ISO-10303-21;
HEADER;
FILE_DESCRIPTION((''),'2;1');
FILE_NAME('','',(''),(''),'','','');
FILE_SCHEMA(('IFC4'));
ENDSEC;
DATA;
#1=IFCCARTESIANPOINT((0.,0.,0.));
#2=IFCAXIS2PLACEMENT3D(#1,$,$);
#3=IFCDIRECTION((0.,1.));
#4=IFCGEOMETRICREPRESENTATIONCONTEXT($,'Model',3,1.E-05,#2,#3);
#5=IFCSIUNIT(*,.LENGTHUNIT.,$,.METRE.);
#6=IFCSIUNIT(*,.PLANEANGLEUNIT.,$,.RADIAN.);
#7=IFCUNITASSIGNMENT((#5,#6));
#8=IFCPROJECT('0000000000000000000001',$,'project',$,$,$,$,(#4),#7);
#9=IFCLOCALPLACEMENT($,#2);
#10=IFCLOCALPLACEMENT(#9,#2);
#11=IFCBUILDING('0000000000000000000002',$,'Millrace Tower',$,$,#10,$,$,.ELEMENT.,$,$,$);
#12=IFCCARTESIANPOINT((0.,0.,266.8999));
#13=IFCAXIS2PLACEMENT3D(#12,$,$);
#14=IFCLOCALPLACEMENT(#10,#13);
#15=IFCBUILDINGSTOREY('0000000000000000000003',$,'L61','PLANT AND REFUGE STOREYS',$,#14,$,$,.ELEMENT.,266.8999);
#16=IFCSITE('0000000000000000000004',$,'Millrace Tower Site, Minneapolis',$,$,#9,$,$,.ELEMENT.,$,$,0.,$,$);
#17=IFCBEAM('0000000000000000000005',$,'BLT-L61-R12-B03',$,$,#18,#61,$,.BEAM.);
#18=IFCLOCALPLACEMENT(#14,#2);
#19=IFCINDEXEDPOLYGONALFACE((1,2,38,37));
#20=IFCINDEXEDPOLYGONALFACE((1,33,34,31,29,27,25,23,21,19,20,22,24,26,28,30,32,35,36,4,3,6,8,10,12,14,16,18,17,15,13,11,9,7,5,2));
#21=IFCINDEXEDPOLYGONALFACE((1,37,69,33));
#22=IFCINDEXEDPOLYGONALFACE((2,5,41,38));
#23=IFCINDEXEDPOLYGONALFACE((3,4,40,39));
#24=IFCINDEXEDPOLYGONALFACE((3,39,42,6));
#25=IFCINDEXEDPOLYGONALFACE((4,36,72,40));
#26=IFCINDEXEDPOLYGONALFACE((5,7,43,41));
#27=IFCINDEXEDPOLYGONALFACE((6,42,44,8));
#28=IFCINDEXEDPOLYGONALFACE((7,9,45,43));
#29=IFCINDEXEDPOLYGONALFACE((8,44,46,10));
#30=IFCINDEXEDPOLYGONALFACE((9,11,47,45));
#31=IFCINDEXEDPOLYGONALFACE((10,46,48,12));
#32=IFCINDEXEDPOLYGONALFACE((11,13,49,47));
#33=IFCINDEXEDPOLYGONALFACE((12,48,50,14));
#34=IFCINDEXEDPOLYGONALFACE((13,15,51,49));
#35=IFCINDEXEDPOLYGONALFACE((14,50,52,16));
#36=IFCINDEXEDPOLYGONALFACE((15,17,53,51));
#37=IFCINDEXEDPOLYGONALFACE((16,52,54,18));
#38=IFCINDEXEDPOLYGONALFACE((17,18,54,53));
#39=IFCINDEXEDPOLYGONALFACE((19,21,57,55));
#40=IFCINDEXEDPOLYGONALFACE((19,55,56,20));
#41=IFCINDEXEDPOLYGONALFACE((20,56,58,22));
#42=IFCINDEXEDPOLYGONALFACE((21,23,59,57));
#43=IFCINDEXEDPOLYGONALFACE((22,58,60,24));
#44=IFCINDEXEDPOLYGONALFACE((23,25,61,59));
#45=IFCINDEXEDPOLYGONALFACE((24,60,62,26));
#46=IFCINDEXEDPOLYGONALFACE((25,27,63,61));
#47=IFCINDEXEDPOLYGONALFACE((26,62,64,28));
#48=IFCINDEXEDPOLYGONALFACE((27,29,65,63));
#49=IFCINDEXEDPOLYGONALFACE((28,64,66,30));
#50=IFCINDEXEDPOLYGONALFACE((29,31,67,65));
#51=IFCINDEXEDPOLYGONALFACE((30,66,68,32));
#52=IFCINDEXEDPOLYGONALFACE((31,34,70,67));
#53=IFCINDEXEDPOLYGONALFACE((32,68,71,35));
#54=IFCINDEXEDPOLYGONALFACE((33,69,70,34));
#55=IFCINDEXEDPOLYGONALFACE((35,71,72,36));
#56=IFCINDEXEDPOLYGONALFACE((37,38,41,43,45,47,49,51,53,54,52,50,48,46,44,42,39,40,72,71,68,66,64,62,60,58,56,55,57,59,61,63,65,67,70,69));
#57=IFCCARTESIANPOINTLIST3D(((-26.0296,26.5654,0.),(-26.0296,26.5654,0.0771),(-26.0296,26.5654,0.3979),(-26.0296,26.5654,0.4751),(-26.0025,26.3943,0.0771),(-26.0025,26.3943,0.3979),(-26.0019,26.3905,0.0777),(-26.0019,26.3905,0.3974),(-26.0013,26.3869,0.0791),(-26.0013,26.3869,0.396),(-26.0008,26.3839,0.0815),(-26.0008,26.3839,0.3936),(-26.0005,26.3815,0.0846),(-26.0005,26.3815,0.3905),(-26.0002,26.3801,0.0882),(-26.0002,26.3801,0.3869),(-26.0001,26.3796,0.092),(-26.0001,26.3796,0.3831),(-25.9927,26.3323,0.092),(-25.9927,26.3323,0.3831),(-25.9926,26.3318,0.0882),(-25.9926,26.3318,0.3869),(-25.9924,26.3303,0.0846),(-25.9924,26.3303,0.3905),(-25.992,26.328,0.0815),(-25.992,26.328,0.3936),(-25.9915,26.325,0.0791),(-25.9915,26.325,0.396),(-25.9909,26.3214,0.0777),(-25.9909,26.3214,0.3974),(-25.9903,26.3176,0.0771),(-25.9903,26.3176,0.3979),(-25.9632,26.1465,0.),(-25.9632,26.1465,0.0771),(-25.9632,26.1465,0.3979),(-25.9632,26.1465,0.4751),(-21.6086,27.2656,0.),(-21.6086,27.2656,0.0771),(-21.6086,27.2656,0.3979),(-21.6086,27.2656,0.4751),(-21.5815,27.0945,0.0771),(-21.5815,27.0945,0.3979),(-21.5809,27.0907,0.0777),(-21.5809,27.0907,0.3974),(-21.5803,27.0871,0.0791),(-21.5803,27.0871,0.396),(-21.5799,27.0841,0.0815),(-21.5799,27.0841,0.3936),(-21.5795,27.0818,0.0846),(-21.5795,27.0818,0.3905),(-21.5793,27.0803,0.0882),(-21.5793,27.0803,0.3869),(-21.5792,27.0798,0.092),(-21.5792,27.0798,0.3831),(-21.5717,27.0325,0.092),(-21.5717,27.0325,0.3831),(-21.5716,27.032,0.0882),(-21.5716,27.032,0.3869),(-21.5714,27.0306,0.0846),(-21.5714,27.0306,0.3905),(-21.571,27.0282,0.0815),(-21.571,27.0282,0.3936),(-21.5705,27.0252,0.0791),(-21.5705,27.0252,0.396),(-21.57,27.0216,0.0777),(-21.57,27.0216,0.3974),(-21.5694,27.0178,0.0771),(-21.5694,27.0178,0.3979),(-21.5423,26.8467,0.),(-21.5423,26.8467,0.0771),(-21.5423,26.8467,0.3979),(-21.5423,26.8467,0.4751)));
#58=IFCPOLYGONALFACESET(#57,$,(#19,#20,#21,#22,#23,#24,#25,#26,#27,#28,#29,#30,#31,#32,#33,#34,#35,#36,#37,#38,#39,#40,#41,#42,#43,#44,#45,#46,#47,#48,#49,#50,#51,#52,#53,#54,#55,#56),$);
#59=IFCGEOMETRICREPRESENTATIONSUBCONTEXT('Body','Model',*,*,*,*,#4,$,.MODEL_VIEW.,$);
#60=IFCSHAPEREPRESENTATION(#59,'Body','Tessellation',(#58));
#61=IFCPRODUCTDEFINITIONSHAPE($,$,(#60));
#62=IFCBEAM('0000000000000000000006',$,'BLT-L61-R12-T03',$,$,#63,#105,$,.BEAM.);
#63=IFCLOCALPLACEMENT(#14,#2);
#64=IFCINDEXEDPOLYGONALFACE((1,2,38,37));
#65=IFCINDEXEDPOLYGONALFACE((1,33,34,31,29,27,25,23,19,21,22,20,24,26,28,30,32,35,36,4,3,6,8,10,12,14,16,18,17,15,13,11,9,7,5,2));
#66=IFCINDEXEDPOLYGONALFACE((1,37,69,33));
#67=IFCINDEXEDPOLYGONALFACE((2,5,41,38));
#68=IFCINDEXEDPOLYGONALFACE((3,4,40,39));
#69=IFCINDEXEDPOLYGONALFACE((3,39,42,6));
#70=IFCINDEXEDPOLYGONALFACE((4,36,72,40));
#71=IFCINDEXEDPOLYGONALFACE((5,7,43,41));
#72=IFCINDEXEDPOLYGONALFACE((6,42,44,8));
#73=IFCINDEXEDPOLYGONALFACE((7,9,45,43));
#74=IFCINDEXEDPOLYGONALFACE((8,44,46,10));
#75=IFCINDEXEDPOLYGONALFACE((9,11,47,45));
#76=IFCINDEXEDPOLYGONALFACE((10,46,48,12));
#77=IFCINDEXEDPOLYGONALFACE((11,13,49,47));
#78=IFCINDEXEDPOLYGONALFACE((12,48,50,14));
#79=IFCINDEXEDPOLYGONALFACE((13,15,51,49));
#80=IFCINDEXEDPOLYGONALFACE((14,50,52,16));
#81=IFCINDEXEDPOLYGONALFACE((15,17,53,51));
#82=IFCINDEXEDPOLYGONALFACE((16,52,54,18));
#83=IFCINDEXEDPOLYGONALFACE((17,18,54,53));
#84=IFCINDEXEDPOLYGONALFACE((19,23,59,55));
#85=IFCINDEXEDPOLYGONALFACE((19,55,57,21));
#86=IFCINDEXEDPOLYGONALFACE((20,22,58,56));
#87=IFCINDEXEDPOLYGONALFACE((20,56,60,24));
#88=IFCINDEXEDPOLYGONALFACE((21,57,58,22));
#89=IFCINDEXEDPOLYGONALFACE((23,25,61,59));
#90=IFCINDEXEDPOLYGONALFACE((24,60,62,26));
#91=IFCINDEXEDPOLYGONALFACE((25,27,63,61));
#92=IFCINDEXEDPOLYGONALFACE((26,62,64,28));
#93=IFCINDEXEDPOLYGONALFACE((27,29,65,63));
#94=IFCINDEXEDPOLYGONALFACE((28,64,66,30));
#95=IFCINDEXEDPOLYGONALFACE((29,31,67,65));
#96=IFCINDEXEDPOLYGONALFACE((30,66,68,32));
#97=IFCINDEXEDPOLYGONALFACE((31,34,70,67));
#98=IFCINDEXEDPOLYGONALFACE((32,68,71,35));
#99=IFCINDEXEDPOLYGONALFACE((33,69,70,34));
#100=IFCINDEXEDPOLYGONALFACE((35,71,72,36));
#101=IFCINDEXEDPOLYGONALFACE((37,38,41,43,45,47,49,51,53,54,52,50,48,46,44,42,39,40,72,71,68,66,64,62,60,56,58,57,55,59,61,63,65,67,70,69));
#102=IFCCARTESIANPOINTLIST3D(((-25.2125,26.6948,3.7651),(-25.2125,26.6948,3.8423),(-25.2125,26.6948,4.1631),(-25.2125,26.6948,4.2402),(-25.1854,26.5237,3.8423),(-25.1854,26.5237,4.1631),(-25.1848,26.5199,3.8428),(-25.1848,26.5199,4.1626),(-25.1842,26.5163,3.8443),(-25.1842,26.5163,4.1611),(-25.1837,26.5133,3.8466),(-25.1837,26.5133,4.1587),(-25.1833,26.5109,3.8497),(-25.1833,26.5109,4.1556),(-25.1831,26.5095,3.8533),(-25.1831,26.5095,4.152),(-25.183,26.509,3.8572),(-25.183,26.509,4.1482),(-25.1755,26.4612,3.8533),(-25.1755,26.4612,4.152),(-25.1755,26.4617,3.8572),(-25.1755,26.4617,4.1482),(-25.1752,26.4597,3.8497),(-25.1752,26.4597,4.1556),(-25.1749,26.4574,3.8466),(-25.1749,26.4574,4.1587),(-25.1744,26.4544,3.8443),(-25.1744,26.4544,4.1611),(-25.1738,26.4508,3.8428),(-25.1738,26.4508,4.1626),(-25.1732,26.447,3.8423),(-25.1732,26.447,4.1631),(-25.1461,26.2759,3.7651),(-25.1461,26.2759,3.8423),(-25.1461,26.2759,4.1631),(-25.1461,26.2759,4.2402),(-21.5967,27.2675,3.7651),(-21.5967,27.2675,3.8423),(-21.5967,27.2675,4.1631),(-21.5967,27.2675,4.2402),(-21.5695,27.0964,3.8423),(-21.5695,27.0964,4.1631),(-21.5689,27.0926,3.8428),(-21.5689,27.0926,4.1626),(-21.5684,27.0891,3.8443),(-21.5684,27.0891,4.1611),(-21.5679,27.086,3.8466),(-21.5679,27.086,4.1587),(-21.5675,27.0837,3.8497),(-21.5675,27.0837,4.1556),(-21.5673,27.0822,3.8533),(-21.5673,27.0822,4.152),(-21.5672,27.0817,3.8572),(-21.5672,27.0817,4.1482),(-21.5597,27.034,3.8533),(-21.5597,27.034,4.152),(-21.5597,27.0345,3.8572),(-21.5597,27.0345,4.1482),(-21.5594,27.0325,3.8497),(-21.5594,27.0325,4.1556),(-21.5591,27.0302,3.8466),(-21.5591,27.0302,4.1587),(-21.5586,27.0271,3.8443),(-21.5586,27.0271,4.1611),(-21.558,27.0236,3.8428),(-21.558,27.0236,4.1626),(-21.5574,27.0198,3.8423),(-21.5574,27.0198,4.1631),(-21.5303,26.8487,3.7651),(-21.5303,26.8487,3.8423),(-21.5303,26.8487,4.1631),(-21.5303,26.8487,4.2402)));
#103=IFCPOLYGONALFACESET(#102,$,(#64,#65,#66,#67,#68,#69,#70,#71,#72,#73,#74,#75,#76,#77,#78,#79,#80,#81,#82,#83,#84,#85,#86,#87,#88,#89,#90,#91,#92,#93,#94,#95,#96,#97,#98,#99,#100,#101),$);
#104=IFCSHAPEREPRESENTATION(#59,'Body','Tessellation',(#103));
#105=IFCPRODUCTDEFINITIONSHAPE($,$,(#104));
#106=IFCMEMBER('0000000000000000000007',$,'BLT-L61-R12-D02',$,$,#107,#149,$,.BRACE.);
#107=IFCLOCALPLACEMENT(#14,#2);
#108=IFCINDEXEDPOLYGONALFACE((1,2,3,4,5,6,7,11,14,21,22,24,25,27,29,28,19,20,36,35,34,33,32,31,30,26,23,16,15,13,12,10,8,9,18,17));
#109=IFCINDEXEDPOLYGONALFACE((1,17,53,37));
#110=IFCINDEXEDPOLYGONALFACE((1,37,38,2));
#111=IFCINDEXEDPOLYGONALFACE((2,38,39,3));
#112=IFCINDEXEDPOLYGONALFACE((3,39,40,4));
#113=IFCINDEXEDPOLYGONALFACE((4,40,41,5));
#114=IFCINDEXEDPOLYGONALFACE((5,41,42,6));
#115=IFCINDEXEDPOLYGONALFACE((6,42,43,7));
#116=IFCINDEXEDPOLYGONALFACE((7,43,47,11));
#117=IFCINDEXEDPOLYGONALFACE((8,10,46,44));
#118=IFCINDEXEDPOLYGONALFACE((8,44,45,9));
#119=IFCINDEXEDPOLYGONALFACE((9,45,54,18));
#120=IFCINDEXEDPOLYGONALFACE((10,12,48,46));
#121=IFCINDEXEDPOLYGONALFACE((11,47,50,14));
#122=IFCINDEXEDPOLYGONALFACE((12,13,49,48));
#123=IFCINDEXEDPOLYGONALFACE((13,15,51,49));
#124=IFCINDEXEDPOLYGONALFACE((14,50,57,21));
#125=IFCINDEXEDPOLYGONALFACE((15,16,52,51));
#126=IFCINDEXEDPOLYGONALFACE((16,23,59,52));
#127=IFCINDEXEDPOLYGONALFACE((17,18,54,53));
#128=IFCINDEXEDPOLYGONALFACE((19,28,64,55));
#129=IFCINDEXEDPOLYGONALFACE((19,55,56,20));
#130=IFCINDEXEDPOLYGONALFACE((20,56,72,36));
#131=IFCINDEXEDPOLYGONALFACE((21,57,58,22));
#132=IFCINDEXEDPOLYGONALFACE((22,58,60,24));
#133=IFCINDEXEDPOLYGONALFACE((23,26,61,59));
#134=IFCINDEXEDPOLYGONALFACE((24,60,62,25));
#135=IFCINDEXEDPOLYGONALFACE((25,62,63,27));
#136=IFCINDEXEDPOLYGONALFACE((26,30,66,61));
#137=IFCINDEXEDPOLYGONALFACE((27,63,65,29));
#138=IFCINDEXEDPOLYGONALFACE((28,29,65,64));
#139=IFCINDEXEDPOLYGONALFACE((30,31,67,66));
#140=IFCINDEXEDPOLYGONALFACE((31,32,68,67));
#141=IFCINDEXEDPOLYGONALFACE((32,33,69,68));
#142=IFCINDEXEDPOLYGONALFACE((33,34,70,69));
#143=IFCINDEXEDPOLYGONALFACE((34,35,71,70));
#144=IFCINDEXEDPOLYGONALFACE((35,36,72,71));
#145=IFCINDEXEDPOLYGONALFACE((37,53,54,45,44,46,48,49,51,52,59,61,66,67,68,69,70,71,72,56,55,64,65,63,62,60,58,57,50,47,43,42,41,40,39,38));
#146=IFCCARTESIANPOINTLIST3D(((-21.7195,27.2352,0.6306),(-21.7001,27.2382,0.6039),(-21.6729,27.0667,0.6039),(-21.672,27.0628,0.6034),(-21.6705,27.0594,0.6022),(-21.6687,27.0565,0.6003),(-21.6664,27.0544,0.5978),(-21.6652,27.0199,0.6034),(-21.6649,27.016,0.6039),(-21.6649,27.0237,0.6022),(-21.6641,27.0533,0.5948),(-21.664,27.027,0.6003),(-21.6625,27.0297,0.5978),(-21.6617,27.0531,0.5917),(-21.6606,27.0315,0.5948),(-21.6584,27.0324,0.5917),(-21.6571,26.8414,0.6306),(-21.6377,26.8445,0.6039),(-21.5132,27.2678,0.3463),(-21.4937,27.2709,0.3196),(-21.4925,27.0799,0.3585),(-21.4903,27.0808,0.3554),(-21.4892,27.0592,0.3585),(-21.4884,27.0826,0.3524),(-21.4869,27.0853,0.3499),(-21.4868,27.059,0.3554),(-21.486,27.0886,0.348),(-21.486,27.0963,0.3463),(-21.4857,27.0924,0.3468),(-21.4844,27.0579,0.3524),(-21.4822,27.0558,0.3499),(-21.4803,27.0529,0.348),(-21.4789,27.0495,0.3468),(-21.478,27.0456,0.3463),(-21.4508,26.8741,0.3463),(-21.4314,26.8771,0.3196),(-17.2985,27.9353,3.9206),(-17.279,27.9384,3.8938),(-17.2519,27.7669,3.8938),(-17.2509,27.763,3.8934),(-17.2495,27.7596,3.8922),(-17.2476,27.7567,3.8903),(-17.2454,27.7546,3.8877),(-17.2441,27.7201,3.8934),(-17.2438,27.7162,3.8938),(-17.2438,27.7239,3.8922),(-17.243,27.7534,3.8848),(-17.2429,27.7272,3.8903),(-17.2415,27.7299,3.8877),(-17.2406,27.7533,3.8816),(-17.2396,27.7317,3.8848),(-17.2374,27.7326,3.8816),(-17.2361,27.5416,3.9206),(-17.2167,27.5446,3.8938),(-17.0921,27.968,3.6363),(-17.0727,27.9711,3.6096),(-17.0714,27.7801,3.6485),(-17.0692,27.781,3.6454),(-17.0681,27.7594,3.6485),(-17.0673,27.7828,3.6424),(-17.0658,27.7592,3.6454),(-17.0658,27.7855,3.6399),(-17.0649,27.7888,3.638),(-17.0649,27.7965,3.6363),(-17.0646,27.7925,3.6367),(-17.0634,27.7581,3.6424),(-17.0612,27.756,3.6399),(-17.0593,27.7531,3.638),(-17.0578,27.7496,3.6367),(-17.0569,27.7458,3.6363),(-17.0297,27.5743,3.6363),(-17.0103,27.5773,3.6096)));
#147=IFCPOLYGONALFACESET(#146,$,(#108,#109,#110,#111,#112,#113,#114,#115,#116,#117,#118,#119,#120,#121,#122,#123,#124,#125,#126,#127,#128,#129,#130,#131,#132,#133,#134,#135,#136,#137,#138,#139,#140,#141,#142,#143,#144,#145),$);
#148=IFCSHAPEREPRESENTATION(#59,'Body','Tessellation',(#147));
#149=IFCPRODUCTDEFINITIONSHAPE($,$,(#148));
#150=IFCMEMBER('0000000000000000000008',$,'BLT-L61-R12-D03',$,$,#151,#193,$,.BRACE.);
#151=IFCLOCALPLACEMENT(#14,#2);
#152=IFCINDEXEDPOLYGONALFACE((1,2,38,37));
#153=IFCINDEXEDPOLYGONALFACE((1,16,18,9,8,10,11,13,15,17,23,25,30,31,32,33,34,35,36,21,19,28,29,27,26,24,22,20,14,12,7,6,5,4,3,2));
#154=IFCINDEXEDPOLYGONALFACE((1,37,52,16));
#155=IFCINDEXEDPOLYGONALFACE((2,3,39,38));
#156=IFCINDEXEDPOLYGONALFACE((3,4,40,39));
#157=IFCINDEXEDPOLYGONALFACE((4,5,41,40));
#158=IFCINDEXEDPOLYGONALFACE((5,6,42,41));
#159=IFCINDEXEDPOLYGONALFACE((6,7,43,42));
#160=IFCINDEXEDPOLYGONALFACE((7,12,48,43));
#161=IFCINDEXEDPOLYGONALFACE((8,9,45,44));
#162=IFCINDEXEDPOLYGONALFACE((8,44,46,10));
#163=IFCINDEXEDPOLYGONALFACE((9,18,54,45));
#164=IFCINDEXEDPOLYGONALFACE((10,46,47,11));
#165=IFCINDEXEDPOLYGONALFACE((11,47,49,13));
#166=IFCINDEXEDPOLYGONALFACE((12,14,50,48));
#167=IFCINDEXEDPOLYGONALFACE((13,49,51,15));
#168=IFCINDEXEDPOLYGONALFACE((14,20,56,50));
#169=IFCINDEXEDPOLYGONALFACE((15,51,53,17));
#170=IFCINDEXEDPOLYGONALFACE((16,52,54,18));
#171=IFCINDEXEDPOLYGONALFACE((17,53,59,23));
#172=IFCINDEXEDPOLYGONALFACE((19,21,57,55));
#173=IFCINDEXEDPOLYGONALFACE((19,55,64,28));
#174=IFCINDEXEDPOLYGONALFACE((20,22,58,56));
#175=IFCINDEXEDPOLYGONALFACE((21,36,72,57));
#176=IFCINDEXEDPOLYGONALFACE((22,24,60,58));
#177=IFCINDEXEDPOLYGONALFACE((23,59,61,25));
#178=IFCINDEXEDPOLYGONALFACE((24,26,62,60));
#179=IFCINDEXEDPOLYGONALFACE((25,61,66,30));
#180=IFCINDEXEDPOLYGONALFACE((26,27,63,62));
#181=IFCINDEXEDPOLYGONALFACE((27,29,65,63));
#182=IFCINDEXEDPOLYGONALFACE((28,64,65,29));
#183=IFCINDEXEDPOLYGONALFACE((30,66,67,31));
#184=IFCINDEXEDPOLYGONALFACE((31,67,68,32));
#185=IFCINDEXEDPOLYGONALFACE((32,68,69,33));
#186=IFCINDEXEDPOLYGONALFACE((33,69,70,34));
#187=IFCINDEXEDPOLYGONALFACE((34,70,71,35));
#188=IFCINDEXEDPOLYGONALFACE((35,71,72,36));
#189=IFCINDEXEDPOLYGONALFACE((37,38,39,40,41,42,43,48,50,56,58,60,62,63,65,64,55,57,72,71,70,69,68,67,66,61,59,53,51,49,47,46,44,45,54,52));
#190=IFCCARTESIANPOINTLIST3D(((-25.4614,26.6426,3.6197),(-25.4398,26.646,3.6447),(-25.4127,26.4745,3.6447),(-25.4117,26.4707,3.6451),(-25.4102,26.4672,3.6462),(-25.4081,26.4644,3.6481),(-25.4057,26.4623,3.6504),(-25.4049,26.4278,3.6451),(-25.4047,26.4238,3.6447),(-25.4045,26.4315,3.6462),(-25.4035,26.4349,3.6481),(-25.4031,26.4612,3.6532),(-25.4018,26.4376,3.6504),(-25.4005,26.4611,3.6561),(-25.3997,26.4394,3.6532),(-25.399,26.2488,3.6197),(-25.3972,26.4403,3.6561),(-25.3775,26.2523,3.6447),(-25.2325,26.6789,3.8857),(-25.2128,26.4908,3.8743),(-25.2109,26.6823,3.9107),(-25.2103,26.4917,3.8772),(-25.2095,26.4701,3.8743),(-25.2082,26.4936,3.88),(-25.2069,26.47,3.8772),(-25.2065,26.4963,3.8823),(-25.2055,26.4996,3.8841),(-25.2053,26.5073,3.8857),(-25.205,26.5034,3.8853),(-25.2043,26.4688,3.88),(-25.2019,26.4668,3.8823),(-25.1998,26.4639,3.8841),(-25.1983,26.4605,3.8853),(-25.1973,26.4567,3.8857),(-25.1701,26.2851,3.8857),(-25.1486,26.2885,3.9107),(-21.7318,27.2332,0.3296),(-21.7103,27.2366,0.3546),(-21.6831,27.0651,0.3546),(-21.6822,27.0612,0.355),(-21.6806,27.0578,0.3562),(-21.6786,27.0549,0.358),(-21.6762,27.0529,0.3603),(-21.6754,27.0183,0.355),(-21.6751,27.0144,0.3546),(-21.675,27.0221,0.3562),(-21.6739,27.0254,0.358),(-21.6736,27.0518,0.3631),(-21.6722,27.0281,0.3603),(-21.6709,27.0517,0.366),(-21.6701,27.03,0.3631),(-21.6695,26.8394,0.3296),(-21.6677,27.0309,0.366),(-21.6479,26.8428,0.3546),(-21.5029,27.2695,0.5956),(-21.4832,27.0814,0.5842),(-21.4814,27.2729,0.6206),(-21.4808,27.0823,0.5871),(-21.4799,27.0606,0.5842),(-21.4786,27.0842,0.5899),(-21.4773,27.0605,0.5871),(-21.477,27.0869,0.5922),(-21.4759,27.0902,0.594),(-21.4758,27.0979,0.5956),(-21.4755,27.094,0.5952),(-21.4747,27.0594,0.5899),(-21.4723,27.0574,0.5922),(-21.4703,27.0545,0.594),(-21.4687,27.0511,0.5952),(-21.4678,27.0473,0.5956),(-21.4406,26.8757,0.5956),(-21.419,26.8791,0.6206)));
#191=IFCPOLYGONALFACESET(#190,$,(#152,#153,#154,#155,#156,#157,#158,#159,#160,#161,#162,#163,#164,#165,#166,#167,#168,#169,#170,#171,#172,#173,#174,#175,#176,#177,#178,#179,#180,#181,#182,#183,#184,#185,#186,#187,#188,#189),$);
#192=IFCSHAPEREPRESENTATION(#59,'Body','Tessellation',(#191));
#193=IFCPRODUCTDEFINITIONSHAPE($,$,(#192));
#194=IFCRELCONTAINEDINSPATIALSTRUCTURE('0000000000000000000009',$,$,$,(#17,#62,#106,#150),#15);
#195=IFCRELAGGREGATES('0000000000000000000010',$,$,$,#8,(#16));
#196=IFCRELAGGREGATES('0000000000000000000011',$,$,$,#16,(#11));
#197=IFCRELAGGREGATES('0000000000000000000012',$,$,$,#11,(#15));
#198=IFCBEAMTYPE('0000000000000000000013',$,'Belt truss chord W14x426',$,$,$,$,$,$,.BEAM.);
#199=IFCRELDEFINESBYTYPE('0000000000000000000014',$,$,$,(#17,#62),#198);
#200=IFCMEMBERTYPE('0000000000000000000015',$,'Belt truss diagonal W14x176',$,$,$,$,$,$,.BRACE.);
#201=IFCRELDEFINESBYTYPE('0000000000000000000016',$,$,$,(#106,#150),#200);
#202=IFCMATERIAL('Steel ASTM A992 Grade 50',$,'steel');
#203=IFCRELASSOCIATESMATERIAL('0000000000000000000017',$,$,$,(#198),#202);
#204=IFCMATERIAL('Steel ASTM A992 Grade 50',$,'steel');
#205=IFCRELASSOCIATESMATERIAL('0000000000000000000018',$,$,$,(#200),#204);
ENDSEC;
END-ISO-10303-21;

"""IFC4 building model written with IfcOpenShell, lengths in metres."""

from ifc_helpers import new_model, si_unit, direction, frame, origin, origin_2d, place, context, subcontext, project, spatial, i_section, extrude, material, material_profile, profile_set, type_object, element, save


model = new_model("IFC4")

# Units and contexts
model_context = context("Model", 3, precision=1e-05, world=origin(), true_north=direction((0.0, 1.0)))
body_context = subcontext(model_context, "Body", "Model", "MODEL_VIEW")
ifc_project = project(units=[si_unit("LENGTHUNIT", "METRE"), si_unit("PLANEANGLEUNIT", "RADIAN")], contexts=[model_context])

# Site, building, storey
site_placement = place(None, origin())
site = spatial("IfcSite", under=ifc_project, at=site_placement, Name="Millrace Tower Site, Minneapolis", CompositionType="ELEMENT", RefElevation=0.0)
building_placement = place(site_placement, origin())
building = spatial("IfcBuilding", under=site, at=building_placement, Name="Millrace Tower", CompositionType="ELEMENT")
storey_placement = place(building_placement, frame((0.0, 0.0, 266.8999)))
storey = spatial("IfcBuildingStorey", under=building, at=storey_placement, Name="L61", Description="PLANT AND REFUGE STOREYS", CompositionType="ELEMENT", Elevation=266.8999)

# Beams
ifc_material_1 = material(Name="Steel ASTM A992 Grade 50", Category="steel")
ifc_material_profile_1 = material_profile(ifc_material_1, i_section(OverallWidth=0.4241, OverallDepth=0.4751, WebThickness=0.0479, FlangeThickness=0.0771, FilletRadius=0.0149, at=origin_2d()))
ifc_profile_set_1 = profile_set([ifc_material_profile_1], Name="Steel ASTM A992 Grade 50")
beam_type_1 = type_object("IfcBeamType", Name="Belt truss chord W14x426", PredefinedType="BEAM", material=ifc_profile_set_1)
beam_1_placement = place(storey_placement, frame((-21.5754, 27.0562, 0.2375), z_axis=(-0.987689, -0.156433, 0.0), x_axis=(0.156433, -0.987689, 0.0)))
element("IfcBeam", 1, at=beam_1_placement, inside=storey, type_object=beam_type_1, Name="BLT-L61-R12-B03", PredefinedType="BEAM", context=body_context, shape_type="SweptSolid", body=[
    extrude(i_section(OverallWidth=0.4241, OverallDepth=0.4751, WebThickness=0.0479, FlangeThickness=0.0771, FilletRadius=0.0149, at=origin_2d()), origin(), (0.0, 0.0, 1.0), 4.4761),
])
beam_2_placement = place(storey_placement, frame((-21.5635, 27.0581, 4.0027), z_axis=(-0.987685, -0.156456, 0.0), x_axis=(0.156456, -0.987685, 0.0)))
element("IfcBeam", 2, at=beam_2_placement, inside=storey, type_object=beam_type_1, Name="BLT-L61-R12-T03", PredefinedType="BEAM", context=body_context, shape_type="SweptSolid", body=[
    extrude(i_section(OverallWidth=0.4241, OverallDepth=0.4751, WebThickness=0.0479, FlangeThickness=0.0771, FilletRadius=0.0149, at=origin_2d()), origin(), (0.0, 0.0, 1.0), 3.6609),
])

# Members
ifc_material_2 = material(Name="Steel ASTM A992 Grade 50", Category="steel")
ifc_material_profile_2 = material_profile(ifc_material_2, i_section(OverallWidth=0.3987, OverallDepth=0.386, WebThickness=0.021, FlangeThickness=0.0332, FilletRadius=0.0151, at=origin_2d()))
ifc_profile_set_2 = profile_set([ifc_material_profile_2], Name="Steel ASTM A992 Grade 50")
member_type_1 = type_object("IfcMemberType", Name="Belt truss diagonal W14x176", PredefinedType="BRACE", material=ifc_profile_set_2)
member_1_placement = place(storey_placement, frame((-21.5754, 27.0562, 0.4751), z_axis=(0.795845, 0.126041, 0.592236), x_axis=(-0.156425, 0.98769, 0.0)))
element("IfcMember", 3, at=member_1_placement, inside=storey, type_object=member_type_1, Name="BLT-L61-R12-D02", PredefinedType="BRACE", context=body_context, shape_type="SweptSolid", body=[
    extrude(i_section(OverallWidth=0.3987, OverallDepth=0.386, WebThickness=0.021, FlangeThickness=0.0332, FilletRadius=0.0151, at=origin_2d()), origin(), (0.0, 0.0, 1.0), 5.5552),
])
member_2_placement = place(storey_placement, frame((-21.5754, 27.0562, 0.4751), z_axis=(-0.744674, -0.117921, 0.656928), x_axis=(0.156404, -0.987693, 0.0)))
element("IfcMember", 4, at=member_2_placement, inside=storey, type_object=member_type_1, Name="BLT-L61-R12-D03", PredefinedType="BRACE", context=body_context, shape_type="SweptSolid", body=[
    extrude(i_section(OverallWidth=0.3987, OverallDepth=0.386, WebThickness=0.021, FlangeThickness=0.0332, FilletRadius=0.0151, at=origin_2d()), origin(), (0.0, 0.0, 1.0), 5.0083),
])

save(model, "model.ifc")
